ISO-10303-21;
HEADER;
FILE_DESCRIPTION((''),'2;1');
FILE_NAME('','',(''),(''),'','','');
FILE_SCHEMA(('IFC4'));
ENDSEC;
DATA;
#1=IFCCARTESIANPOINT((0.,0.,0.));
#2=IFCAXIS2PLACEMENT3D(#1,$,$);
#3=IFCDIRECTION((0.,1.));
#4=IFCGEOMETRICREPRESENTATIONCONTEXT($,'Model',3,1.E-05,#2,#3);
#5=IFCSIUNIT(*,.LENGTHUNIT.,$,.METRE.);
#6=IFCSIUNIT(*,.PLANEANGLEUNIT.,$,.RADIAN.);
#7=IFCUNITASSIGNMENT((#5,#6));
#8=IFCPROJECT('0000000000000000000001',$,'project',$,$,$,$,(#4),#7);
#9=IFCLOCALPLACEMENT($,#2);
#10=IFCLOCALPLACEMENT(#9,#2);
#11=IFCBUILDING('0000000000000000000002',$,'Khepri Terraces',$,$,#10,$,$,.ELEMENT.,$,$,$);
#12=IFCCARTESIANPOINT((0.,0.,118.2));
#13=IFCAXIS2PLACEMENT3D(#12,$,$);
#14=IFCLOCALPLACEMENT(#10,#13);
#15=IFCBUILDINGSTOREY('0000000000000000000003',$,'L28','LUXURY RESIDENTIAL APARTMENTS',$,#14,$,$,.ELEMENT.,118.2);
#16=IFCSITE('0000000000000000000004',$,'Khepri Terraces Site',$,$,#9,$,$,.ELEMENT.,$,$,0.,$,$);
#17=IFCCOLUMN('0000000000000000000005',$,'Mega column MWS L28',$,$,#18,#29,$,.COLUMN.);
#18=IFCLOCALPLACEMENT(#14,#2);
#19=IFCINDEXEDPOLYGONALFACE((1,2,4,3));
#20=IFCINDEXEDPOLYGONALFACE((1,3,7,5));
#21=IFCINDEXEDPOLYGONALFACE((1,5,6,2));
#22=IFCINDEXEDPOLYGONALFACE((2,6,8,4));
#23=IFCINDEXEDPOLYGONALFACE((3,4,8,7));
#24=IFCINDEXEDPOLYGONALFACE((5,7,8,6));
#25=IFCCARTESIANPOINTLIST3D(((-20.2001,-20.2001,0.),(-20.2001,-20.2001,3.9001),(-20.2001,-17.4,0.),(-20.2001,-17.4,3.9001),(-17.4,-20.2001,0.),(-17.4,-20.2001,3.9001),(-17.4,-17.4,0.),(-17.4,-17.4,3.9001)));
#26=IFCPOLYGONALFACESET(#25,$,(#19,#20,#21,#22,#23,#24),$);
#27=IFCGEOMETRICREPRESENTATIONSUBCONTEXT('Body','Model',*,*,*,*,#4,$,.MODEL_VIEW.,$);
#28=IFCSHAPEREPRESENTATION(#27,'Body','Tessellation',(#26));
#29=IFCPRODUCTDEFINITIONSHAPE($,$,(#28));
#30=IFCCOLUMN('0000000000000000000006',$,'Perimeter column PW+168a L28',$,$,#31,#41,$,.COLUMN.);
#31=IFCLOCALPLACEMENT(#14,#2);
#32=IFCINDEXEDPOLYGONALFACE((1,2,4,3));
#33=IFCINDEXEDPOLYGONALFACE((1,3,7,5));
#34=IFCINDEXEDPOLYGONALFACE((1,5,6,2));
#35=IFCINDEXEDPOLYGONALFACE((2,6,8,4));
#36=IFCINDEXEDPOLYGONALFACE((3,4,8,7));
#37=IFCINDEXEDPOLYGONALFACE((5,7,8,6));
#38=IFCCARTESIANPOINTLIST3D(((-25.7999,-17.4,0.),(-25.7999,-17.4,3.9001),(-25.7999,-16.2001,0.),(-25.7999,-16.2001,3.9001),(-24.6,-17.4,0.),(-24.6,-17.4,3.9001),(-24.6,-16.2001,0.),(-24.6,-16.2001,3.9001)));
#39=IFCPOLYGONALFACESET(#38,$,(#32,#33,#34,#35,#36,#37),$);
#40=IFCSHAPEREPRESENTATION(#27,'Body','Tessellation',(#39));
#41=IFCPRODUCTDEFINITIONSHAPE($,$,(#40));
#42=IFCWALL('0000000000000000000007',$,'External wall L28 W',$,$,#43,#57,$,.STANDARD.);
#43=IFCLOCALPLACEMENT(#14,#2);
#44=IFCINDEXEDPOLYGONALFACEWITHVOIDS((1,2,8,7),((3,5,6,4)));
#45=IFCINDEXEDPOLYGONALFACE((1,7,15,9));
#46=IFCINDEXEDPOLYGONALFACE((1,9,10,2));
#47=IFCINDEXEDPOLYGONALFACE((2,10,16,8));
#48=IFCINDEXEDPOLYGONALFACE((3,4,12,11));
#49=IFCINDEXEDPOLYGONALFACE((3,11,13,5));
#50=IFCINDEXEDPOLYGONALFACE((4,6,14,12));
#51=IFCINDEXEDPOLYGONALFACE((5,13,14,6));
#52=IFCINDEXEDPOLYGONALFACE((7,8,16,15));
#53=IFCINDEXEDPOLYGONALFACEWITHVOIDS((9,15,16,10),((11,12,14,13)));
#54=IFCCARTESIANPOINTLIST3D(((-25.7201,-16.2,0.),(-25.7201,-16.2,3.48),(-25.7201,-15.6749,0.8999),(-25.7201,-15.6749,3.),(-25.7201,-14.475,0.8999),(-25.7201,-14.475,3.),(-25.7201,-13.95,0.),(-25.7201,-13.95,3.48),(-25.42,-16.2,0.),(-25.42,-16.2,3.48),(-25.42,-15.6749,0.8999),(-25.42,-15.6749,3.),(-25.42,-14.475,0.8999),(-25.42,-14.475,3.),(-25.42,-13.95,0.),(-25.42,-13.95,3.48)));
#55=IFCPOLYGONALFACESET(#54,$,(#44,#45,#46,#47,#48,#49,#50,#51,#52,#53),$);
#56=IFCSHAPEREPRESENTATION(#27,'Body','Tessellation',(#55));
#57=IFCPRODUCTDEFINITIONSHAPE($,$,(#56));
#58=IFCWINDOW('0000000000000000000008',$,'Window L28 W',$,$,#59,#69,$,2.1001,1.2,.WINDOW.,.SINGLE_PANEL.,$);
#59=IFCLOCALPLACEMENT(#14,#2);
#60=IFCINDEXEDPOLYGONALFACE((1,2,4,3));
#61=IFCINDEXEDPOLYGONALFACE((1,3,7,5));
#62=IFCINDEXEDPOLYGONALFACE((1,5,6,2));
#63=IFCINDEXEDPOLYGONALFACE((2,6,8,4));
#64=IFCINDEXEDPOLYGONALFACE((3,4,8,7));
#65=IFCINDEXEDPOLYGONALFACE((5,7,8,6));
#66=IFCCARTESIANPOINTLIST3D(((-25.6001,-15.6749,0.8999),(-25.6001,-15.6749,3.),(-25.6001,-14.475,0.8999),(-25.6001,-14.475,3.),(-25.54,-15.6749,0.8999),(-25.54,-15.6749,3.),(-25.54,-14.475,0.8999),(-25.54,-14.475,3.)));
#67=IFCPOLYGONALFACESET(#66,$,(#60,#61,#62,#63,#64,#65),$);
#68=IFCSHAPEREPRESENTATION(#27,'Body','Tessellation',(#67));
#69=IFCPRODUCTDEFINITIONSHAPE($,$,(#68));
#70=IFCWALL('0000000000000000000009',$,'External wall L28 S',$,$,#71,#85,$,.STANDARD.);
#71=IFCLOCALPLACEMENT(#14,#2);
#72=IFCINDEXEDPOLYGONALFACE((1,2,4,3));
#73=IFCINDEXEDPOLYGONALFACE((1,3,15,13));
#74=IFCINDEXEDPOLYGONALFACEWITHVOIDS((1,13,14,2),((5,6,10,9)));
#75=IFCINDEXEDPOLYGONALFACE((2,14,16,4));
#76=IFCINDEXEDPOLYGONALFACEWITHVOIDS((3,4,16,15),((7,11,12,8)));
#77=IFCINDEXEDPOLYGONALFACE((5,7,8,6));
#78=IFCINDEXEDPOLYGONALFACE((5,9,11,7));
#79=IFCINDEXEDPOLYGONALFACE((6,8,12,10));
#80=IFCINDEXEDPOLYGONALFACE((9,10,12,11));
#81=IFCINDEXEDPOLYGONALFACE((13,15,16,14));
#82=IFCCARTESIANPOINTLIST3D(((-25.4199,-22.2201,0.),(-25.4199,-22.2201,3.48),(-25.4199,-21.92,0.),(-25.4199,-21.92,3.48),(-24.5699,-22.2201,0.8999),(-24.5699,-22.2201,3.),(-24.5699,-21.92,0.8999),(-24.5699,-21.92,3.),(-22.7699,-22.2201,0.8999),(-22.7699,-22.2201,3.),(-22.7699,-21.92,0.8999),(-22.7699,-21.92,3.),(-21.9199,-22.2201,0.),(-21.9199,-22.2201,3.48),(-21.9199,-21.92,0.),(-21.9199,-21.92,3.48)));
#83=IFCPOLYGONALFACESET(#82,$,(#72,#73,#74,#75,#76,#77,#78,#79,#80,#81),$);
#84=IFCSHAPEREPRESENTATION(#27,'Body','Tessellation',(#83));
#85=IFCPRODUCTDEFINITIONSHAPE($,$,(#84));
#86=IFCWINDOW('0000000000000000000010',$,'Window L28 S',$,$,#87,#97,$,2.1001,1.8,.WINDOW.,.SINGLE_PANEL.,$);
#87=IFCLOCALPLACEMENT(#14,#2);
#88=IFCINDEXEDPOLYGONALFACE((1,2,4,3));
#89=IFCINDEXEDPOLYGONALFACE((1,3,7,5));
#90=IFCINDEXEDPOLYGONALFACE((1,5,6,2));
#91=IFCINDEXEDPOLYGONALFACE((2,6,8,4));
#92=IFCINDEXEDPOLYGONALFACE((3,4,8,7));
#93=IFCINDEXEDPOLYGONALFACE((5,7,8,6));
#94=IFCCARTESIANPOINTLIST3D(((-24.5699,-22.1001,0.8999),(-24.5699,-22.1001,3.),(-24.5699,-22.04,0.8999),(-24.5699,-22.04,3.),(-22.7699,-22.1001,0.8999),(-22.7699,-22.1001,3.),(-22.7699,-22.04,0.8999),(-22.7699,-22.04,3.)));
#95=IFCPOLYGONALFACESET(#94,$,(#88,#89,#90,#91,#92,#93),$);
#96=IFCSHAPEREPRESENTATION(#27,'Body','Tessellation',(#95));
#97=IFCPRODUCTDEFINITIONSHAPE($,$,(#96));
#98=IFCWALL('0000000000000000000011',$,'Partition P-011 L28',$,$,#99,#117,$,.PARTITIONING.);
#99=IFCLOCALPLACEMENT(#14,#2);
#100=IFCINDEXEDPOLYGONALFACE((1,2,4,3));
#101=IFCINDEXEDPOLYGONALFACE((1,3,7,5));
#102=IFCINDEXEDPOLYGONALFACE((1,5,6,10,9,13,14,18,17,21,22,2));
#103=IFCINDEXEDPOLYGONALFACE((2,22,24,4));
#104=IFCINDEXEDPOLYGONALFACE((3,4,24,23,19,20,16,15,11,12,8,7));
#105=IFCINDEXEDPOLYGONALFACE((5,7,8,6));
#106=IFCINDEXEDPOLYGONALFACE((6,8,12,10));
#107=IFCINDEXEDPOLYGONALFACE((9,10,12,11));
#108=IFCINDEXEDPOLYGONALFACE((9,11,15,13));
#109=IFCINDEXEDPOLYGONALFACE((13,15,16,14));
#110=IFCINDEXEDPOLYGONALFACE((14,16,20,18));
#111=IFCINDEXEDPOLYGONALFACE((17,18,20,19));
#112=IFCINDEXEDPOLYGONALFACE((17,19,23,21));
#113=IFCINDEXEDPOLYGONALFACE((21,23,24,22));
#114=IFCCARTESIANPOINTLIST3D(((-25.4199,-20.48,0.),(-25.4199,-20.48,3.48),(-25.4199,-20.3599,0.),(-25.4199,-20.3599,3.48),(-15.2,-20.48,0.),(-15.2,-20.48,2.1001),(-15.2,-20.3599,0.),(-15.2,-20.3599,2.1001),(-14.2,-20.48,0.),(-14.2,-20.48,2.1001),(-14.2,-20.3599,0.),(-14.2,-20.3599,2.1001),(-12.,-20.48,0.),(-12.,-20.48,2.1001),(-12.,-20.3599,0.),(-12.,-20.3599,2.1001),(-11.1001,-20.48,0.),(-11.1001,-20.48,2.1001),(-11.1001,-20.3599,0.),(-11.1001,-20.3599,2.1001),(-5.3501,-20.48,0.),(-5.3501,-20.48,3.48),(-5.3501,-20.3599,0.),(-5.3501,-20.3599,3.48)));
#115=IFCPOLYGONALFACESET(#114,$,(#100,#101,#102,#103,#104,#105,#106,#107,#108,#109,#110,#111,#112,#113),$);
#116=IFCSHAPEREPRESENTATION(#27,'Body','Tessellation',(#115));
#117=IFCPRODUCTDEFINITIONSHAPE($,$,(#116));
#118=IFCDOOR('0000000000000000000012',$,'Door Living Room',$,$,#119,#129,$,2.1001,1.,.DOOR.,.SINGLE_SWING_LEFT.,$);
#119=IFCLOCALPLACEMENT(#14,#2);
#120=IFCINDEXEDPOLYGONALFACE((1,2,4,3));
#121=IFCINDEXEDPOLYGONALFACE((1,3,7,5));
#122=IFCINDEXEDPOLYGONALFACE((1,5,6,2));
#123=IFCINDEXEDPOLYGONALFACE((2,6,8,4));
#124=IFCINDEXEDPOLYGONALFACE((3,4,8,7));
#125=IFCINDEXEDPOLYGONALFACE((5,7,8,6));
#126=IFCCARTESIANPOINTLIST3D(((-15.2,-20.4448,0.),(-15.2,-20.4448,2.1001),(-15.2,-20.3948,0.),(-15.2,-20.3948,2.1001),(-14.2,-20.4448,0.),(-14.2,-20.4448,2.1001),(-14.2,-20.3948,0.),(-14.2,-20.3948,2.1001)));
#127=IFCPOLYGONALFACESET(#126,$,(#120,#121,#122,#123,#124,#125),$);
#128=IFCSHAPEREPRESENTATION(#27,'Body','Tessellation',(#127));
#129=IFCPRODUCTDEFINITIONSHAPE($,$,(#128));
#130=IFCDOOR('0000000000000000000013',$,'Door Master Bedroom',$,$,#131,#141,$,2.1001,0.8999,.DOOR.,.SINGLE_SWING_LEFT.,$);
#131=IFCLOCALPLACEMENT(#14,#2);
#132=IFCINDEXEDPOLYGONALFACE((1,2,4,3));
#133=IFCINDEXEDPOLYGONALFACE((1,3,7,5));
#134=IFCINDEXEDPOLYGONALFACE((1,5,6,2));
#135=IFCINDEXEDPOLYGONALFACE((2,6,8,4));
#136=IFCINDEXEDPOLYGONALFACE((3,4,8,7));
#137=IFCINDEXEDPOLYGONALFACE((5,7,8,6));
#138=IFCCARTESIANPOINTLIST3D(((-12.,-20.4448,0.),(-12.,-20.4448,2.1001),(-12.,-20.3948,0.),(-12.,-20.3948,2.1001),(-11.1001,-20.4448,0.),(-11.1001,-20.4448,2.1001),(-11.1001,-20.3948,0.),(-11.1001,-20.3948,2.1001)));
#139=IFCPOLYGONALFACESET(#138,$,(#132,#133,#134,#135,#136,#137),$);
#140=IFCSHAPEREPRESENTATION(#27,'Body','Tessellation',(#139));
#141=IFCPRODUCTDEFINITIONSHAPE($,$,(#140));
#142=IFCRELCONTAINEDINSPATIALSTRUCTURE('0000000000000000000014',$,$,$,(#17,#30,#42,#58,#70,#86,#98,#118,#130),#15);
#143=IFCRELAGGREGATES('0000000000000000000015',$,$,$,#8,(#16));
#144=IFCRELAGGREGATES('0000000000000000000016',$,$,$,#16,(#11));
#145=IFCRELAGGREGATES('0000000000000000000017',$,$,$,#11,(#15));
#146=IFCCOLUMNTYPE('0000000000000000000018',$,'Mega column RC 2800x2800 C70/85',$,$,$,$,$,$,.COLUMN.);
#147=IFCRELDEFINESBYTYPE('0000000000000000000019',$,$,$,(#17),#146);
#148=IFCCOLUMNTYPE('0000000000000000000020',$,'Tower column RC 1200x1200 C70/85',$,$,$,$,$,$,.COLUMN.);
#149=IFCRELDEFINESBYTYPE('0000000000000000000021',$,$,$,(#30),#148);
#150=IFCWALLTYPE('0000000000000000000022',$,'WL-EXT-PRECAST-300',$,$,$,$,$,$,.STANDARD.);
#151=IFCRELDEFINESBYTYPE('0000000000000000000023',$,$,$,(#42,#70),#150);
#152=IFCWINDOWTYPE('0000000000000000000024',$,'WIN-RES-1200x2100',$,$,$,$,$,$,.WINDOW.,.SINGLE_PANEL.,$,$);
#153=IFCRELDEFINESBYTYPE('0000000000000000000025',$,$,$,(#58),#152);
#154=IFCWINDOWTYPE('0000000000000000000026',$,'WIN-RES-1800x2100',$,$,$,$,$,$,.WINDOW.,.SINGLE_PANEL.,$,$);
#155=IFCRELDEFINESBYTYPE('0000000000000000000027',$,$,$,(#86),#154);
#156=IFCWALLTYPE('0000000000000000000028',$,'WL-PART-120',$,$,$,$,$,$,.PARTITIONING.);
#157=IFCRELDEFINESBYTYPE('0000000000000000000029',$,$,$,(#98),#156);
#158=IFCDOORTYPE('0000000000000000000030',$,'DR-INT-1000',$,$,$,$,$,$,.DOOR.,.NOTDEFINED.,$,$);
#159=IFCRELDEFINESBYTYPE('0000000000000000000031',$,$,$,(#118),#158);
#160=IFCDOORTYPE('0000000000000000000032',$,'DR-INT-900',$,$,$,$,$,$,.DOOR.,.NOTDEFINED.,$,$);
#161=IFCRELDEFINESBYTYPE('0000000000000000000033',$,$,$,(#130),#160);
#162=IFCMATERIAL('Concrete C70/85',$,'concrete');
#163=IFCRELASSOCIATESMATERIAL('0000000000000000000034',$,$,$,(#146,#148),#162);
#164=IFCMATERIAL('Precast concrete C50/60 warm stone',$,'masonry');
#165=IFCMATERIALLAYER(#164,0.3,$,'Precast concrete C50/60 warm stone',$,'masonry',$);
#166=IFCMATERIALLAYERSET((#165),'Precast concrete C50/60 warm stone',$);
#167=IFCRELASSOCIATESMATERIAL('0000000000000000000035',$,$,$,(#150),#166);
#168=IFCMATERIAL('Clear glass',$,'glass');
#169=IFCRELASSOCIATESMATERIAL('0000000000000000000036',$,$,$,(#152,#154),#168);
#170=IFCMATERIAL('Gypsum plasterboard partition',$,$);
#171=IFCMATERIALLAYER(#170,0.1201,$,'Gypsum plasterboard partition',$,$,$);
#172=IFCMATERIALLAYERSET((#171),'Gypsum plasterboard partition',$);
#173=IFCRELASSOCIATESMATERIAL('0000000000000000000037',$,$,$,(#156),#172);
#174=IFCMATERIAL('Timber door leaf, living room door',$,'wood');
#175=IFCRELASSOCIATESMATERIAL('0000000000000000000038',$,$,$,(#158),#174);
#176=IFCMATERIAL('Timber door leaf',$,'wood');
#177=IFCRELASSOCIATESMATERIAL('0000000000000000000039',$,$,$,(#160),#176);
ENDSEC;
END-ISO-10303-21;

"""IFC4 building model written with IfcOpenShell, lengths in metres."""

from ifc_helpers import new_model, si_unit, direction, frame, frame_2d, origin, origin_2d, place, context, subcontext, project, spatial, rectangle, extrude, material, layer, layer_set, material_profile, profile_set, type_object, element, fill, save


model = new_model("IFC4")

# Units and contexts
model_context = context("Model", 3, precision=1e-05, world=origin(), true_north=direction((0.0, 1.0)))
body_context = subcontext(model_context, "Body", "Model", "MODEL_VIEW")
ifc_project = project(units=[si_unit("LENGTHUNIT", "METRE"), si_unit("PLANEANGLEUNIT", "RADIAN")], contexts=[model_context])

# Site, building, storey
site_placement = place(None, origin())
site = spatial("IfcSite", under=ifc_project, at=site_placement, Name="Khepri Terraces Site", CompositionType="ELEMENT", RefElevation=0.0)
building_placement = place(site_placement, origin())
building = spatial("IfcBuilding", under=site, at=building_placement, Name="Khepri Terraces", CompositionType="ELEMENT")
storey_placement = place(building_placement, frame((0.0, 0.0, 118.2)))
storey = spatial("IfcBuildingStorey", under=building, at=storey_placement, Name="L28", Description="LUXURY RESIDENTIAL APARTMENTS", CompositionType="ELEMENT", Elevation=118.2)

# Columns
ifc_material_1 = material(Name="Concrete C70/85", Category="concrete")
ifc_material_profile_1 = material_profile(ifc_material_1, rectangle(XDim=2.8, YDim=2.8, at=origin_2d()), Name="Concrete C70/85", Category="concrete")
ifc_profile_set_1 = profile_set([ifc_material_profile_1], Name="Concrete C70/85")
column_type_1 = type_object("IfcColumnType", Name="Mega column RC 2800x2800 C70/85", PredefinedType="COLUMN", material=ifc_profile_set_1)
column_1_placement = place(storey_placement, frame((-18.8, -18.8, 0.0), z_axis=(0.0, 0.0, 1.0), x_axis=(1.0, 0.0, 0.0)))
element("IfcColumn", 1, at=column_1_placement, inside=storey, type_object=column_type_1, Name="Mega column MWS L28", PredefinedType="COLUMN", context=body_context, shape_type="SweptSolid", body=[
    extrude(rectangle(XDim=2.8, YDim=2.8, at=origin_2d()), origin(), (0.0, 0.0, 1.0), 3.9001),
])
ifc_material_profile_2 = material_profile(ifc_material_1, rectangle(XDim=1.2, YDim=1.2, at=origin_2d()), Name="Concrete C70/85", Category="concrete")
ifc_profile_set_2 = profile_set([ifc_material_profile_2], Name="Concrete C70/85")
column_type_2 = type_object("IfcColumnType", Name="Tower column RC 1200x1200 C70/85", PredefinedType="COLUMN", material=ifc_profile_set_2)
column_2_placement = place(storey_placement, frame((-25.2, -16.8, 0.0), z_axis=(0.0, 0.0, 1.0), x_axis=(1.0, 0.0, 0.0)))
element("IfcColumn", 2, at=column_2_placement, inside=storey, type_object=column_type_2, Name="Perimeter column PW+168a L28", PredefinedType="COLUMN", context=body_context, shape_type="SweptSolid", body=[
    extrude(rectangle(XDim=1.2, YDim=1.2, at=origin_2d()), origin(), (0.0, 0.0, 1.0), 3.9001),
])

# Shared definitions
ifc_material_2 = material(Name="Precast concrete C50/60 warm stone", Category="masonry")
ifc_layer_1 = layer(ifc_material_2, 0.3, Name="Precast concrete C50/60 warm stone", Category="masonry")
ifc_layer_set_1 = layer_set([ifc_layer_1], Name="Precast concrete C50/60 warm stone")
wall_type_1 = type_object("IfcWallType", Name="WL-EXT-PRECAST-300", PredefinedType="STANDARD", material=ifc_layer_set_1)

# Wall, opening, window
wall_1_placement = place(storey_placement, frame((-25.5701, -13.95, 0.0), z_axis=(0.0, 0.0, 1.0), x_axis=(0.0, -1.0, 0.0)))
wall_1 = element("IfcWall", 3, at=wall_1_placement, inside=storey, type_object=wall_type_1, Name="External wall L28 W", PredefinedType="STANDARD", context=body_context, shape_type="SweptSolid", body=[
    extrude(rectangle(XDim=2.25, YDim=0.3, at=frame_2d((1.125, 0.0))), origin(), (0.0, 0.0, 1.0), 3.48),
])
opening_1_placement = place(wall_1_placement, frame((0.5249, 0.0, 0.8999)))
opening_1 = element("IfcOpeningElement", 4, at=opening_1_placement, cuts=wall_1, PredefinedType="OPENING", context=body_context, shape_type="SweptSolid", body=[
    extrude(rectangle(XDim=1.2, YDim=2.1001, at=frame_2d((0.6001, 1.05))), frame((0.0, 0.1602, 0.0), z_axis=(0.0, -1.0, 0.0), x_axis=(1.0, 0.0, 0.0)), (0.0, 0.0, 1.0), 0.3201),
])
ifc_material_3 = material(Name="Clear glass", Category="glass")
window_type_1 = type_object("IfcWindowType", Name="WIN-RES-1200x2100", PartitioningType="SINGLE_PANEL", PredefinedType="WINDOW", material=ifc_material_3)
window_1_placement = place(opening_1_placement, origin())
window_1 = element("IfcWindow", 5, at=window_1_placement, inside=storey, type_object=window_type_1, Name="Window L28 W", OverallHeight=2.1001, OverallWidth=1.2, PartitioningType="SINGLE_PANEL", PredefinedType="WINDOW", context=body_context, shape_type="SweptSolid", body=[
    extrude(rectangle(XDim=1.2, YDim=2.1001, at=frame_2d((0.6001, 1.05))), frame((0.0, 0.03, 0.0), z_axis=(0.0, -1.0, 0.0), x_axis=(1.0, 0.0, 0.0)), (0.0, 0.0, 1.0), 0.0601),
])
fill(opening_1, window_1)

# Shared definitions
window_type_2 = type_object("IfcWindowType", Name="WIN-RES-1800x2100", PartitioningType="SINGLE_PANEL", PredefinedType="WINDOW", material=ifc_material_3)

# Wall, opening, window
wall_2_placement = place(storey_placement, frame((-25.4199, -22.0701, 0.0), z_axis=(0.0, 0.0, 1.0), x_axis=(1.0, 0.0, 0.0)))
wall_2 = element("IfcWall", 6, at=wall_2_placement, inside=storey, type_object=wall_type_1, Name="External wall L28 S", PredefinedType="STANDARD", context=body_context, shape_type="SweptSolid", body=[
    extrude(rectangle(XDim=3.5, YDim=0.3, at=frame_2d((1.75, 0.0))), origin(), (0.0, 0.0, 1.0), 3.48),
])
opening_2_placement = place(wall_2_placement, frame((0.8501, 0.0, 0.8999)))
opening_2 = element("IfcOpeningElement", 7, at=opening_2_placement, cuts=wall_2, PredefinedType="OPENING", context=body_context, shape_type="SweptSolid", body=[
    extrude(rectangle(XDim=1.8, YDim=2.1001, at=frame_2d((0.8999, 1.05))), frame((0.0, 0.1602, 0.0), z_axis=(0.0, -1.0, 0.0), x_axis=(1.0, 0.0, 0.0)), (0.0, 0.0, 1.0), 0.3201),
])
window_2_placement = place(opening_2_placement, origin())
window_2 = element("IfcWindow", 8, at=window_2_placement, inside=storey, type_object=window_type_2, Name="Window L28 S", OverallHeight=2.1001, OverallWidth=1.8, PartitioningType="SINGLE_PANEL", PredefinedType="WINDOW", context=body_context, shape_type="SweptSolid", body=[
    extrude(rectangle(XDim=1.8, YDim=2.1001, at=frame_2d((0.8999, 1.05))), frame((0.0, 0.03, 0.0), z_axis=(0.0, -1.0, 0.0), x_axis=(1.0, 0.0, 0.0)), (0.0, 0.0, 1.0), 0.0601),
])
fill(opening_2, window_2)

# Wall, openings, doors
ifc_material_4 = material(Name="Gypsum plasterboard partition")
ifc_layer_2 = layer(ifc_material_4, 0.1201, Name="Gypsum plasterboard partition")
ifc_layer_set_2 = layer_set([ifc_layer_2], Name="Gypsum plasterboard partition")
wall_type_2 = type_object("IfcWallType", Name="WL-PART-120", PredefinedType="PARTITIONING", material=ifc_layer_set_2)
wall_3_placement = place(storey_placement, frame((-25.4199, -20.4199, 0.0), z_axis=(0.0, 0.0, 1.0), x_axis=(1.0, 0.0, 0.0)))
wall_3 = element("IfcWall", 9, at=wall_3_placement, inside=storey, type_object=wall_type_2, Name="Partition P-011 L28", PredefinedType="PARTITIONING", context=body_context, shape_type="SweptSolid", body=[
    extrude(rectangle(XDim=20.0698, YDim=0.1201, at=frame_2d((10.0349, 0.0))), origin(), (0.0, 0.0, 1.0), 3.48),
])
opening_3_placement = place(wall_3_placement, frame((10.22, 0.0, 0.0)))
opening_3 = element("IfcOpeningElement", 10, at=opening_3_placement, cuts=wall_3, PredefinedType="OPENING", context=body_context, shape_type="SweptSolid", body=[
    extrude(rectangle(XDim=1.0, YDim=2.1001, at=frame_2d((0.5, 1.05))), frame((0.0, 0.0701, 0.0), z_axis=(0.0, -1.0, 0.0), x_axis=(1.0, 0.0, 0.0)), (0.0, 0.0, 1.0), 0.1401),
])
opening_4_placement = place(wall_3_placement, frame((13.4199, 0.0, 0.0)))
opening_4 = element("IfcOpeningElement", 11, at=opening_4_placement, cuts=wall_3, PredefinedType="OPENING", context=body_context, shape_type="SweptSolid", body=[
    extrude(rectangle(XDim=0.8999, YDim=2.1001, at=frame_2d((0.45, 1.05))), frame((0.0, 0.0701, 0.0), z_axis=(0.0, -1.0, 0.0), x_axis=(1.0, 0.0, 0.0)), (0.0, 0.0, 1.0), 0.1401),
])
ifc_material_5 = material(Name="Timber door leaf, living room door", Category="wood")
door_type_1 = type_object("IfcDoorType", Name="DR-INT-1000", OperationType="NOTDEFINED", PredefinedType="DOOR", material=ifc_material_5)
door_1_placement = place(opening_3_placement, frame((1.0, 0.0, 0.0), z_axis=(0.0, 0.0, 1.0), x_axis=(-1.0, 0.0, 0.0)))
door_1 = element("IfcDoor", 12, at=door_1_placement, inside=storey, type_object=door_type_1, Name="Door Living Room", OperationType="SINGLE_SWING_LEFT", OverallHeight=2.1001, OverallWidth=1.0, PredefinedType="DOOR", context=body_context, shape_type="SweptSolid", body=[
    extrude(rectangle(XDim=1.0, YDim=2.1001, at=frame_2d((0.5, 1.05))), frame((0.0, 0.0249, 0.0), z_axis=(0.0, -1.0, 0.0), x_axis=(1.0, 0.0, 0.0)), (0.0, 0.0, 1.0), 0.05),
])
fill(opening_3, door_1)
ifc_material_6 = material(Name="Timber door leaf", Category="wood")
door_type_2 = type_object("IfcDoorType", Name="DR-INT-900", OperationType="NOTDEFINED", PredefinedType="DOOR", material=ifc_material_6)
door_2_placement = place(opening_4_placement, frame((0.8999, 0.0, 0.0), z_axis=(0.0, 0.0, 1.0), x_axis=(-1.0, 0.0, 0.0)))
door_2 = element("IfcDoor", 13, at=door_2_placement, inside=storey, type_object=door_type_2, Name="Door Master Bedroom", OperationType="SINGLE_SWING_LEFT", OverallHeight=2.1001, OverallWidth=0.8999, PredefinedType="DOOR", context=body_context, shape_type="SweptSolid", body=[
    extrude(rectangle(XDim=0.8999, YDim=2.1001, at=frame_2d((0.45, 1.05))), frame((0.0, 0.0249, 0.0), z_axis=(0.0, -1.0, 0.0), x_axis=(1.0, 0.0, 0.0)), (0.0, 0.0, 1.0), 0.05),
])
fill(opening_4, door_2)

save(model, "model.ifc")
